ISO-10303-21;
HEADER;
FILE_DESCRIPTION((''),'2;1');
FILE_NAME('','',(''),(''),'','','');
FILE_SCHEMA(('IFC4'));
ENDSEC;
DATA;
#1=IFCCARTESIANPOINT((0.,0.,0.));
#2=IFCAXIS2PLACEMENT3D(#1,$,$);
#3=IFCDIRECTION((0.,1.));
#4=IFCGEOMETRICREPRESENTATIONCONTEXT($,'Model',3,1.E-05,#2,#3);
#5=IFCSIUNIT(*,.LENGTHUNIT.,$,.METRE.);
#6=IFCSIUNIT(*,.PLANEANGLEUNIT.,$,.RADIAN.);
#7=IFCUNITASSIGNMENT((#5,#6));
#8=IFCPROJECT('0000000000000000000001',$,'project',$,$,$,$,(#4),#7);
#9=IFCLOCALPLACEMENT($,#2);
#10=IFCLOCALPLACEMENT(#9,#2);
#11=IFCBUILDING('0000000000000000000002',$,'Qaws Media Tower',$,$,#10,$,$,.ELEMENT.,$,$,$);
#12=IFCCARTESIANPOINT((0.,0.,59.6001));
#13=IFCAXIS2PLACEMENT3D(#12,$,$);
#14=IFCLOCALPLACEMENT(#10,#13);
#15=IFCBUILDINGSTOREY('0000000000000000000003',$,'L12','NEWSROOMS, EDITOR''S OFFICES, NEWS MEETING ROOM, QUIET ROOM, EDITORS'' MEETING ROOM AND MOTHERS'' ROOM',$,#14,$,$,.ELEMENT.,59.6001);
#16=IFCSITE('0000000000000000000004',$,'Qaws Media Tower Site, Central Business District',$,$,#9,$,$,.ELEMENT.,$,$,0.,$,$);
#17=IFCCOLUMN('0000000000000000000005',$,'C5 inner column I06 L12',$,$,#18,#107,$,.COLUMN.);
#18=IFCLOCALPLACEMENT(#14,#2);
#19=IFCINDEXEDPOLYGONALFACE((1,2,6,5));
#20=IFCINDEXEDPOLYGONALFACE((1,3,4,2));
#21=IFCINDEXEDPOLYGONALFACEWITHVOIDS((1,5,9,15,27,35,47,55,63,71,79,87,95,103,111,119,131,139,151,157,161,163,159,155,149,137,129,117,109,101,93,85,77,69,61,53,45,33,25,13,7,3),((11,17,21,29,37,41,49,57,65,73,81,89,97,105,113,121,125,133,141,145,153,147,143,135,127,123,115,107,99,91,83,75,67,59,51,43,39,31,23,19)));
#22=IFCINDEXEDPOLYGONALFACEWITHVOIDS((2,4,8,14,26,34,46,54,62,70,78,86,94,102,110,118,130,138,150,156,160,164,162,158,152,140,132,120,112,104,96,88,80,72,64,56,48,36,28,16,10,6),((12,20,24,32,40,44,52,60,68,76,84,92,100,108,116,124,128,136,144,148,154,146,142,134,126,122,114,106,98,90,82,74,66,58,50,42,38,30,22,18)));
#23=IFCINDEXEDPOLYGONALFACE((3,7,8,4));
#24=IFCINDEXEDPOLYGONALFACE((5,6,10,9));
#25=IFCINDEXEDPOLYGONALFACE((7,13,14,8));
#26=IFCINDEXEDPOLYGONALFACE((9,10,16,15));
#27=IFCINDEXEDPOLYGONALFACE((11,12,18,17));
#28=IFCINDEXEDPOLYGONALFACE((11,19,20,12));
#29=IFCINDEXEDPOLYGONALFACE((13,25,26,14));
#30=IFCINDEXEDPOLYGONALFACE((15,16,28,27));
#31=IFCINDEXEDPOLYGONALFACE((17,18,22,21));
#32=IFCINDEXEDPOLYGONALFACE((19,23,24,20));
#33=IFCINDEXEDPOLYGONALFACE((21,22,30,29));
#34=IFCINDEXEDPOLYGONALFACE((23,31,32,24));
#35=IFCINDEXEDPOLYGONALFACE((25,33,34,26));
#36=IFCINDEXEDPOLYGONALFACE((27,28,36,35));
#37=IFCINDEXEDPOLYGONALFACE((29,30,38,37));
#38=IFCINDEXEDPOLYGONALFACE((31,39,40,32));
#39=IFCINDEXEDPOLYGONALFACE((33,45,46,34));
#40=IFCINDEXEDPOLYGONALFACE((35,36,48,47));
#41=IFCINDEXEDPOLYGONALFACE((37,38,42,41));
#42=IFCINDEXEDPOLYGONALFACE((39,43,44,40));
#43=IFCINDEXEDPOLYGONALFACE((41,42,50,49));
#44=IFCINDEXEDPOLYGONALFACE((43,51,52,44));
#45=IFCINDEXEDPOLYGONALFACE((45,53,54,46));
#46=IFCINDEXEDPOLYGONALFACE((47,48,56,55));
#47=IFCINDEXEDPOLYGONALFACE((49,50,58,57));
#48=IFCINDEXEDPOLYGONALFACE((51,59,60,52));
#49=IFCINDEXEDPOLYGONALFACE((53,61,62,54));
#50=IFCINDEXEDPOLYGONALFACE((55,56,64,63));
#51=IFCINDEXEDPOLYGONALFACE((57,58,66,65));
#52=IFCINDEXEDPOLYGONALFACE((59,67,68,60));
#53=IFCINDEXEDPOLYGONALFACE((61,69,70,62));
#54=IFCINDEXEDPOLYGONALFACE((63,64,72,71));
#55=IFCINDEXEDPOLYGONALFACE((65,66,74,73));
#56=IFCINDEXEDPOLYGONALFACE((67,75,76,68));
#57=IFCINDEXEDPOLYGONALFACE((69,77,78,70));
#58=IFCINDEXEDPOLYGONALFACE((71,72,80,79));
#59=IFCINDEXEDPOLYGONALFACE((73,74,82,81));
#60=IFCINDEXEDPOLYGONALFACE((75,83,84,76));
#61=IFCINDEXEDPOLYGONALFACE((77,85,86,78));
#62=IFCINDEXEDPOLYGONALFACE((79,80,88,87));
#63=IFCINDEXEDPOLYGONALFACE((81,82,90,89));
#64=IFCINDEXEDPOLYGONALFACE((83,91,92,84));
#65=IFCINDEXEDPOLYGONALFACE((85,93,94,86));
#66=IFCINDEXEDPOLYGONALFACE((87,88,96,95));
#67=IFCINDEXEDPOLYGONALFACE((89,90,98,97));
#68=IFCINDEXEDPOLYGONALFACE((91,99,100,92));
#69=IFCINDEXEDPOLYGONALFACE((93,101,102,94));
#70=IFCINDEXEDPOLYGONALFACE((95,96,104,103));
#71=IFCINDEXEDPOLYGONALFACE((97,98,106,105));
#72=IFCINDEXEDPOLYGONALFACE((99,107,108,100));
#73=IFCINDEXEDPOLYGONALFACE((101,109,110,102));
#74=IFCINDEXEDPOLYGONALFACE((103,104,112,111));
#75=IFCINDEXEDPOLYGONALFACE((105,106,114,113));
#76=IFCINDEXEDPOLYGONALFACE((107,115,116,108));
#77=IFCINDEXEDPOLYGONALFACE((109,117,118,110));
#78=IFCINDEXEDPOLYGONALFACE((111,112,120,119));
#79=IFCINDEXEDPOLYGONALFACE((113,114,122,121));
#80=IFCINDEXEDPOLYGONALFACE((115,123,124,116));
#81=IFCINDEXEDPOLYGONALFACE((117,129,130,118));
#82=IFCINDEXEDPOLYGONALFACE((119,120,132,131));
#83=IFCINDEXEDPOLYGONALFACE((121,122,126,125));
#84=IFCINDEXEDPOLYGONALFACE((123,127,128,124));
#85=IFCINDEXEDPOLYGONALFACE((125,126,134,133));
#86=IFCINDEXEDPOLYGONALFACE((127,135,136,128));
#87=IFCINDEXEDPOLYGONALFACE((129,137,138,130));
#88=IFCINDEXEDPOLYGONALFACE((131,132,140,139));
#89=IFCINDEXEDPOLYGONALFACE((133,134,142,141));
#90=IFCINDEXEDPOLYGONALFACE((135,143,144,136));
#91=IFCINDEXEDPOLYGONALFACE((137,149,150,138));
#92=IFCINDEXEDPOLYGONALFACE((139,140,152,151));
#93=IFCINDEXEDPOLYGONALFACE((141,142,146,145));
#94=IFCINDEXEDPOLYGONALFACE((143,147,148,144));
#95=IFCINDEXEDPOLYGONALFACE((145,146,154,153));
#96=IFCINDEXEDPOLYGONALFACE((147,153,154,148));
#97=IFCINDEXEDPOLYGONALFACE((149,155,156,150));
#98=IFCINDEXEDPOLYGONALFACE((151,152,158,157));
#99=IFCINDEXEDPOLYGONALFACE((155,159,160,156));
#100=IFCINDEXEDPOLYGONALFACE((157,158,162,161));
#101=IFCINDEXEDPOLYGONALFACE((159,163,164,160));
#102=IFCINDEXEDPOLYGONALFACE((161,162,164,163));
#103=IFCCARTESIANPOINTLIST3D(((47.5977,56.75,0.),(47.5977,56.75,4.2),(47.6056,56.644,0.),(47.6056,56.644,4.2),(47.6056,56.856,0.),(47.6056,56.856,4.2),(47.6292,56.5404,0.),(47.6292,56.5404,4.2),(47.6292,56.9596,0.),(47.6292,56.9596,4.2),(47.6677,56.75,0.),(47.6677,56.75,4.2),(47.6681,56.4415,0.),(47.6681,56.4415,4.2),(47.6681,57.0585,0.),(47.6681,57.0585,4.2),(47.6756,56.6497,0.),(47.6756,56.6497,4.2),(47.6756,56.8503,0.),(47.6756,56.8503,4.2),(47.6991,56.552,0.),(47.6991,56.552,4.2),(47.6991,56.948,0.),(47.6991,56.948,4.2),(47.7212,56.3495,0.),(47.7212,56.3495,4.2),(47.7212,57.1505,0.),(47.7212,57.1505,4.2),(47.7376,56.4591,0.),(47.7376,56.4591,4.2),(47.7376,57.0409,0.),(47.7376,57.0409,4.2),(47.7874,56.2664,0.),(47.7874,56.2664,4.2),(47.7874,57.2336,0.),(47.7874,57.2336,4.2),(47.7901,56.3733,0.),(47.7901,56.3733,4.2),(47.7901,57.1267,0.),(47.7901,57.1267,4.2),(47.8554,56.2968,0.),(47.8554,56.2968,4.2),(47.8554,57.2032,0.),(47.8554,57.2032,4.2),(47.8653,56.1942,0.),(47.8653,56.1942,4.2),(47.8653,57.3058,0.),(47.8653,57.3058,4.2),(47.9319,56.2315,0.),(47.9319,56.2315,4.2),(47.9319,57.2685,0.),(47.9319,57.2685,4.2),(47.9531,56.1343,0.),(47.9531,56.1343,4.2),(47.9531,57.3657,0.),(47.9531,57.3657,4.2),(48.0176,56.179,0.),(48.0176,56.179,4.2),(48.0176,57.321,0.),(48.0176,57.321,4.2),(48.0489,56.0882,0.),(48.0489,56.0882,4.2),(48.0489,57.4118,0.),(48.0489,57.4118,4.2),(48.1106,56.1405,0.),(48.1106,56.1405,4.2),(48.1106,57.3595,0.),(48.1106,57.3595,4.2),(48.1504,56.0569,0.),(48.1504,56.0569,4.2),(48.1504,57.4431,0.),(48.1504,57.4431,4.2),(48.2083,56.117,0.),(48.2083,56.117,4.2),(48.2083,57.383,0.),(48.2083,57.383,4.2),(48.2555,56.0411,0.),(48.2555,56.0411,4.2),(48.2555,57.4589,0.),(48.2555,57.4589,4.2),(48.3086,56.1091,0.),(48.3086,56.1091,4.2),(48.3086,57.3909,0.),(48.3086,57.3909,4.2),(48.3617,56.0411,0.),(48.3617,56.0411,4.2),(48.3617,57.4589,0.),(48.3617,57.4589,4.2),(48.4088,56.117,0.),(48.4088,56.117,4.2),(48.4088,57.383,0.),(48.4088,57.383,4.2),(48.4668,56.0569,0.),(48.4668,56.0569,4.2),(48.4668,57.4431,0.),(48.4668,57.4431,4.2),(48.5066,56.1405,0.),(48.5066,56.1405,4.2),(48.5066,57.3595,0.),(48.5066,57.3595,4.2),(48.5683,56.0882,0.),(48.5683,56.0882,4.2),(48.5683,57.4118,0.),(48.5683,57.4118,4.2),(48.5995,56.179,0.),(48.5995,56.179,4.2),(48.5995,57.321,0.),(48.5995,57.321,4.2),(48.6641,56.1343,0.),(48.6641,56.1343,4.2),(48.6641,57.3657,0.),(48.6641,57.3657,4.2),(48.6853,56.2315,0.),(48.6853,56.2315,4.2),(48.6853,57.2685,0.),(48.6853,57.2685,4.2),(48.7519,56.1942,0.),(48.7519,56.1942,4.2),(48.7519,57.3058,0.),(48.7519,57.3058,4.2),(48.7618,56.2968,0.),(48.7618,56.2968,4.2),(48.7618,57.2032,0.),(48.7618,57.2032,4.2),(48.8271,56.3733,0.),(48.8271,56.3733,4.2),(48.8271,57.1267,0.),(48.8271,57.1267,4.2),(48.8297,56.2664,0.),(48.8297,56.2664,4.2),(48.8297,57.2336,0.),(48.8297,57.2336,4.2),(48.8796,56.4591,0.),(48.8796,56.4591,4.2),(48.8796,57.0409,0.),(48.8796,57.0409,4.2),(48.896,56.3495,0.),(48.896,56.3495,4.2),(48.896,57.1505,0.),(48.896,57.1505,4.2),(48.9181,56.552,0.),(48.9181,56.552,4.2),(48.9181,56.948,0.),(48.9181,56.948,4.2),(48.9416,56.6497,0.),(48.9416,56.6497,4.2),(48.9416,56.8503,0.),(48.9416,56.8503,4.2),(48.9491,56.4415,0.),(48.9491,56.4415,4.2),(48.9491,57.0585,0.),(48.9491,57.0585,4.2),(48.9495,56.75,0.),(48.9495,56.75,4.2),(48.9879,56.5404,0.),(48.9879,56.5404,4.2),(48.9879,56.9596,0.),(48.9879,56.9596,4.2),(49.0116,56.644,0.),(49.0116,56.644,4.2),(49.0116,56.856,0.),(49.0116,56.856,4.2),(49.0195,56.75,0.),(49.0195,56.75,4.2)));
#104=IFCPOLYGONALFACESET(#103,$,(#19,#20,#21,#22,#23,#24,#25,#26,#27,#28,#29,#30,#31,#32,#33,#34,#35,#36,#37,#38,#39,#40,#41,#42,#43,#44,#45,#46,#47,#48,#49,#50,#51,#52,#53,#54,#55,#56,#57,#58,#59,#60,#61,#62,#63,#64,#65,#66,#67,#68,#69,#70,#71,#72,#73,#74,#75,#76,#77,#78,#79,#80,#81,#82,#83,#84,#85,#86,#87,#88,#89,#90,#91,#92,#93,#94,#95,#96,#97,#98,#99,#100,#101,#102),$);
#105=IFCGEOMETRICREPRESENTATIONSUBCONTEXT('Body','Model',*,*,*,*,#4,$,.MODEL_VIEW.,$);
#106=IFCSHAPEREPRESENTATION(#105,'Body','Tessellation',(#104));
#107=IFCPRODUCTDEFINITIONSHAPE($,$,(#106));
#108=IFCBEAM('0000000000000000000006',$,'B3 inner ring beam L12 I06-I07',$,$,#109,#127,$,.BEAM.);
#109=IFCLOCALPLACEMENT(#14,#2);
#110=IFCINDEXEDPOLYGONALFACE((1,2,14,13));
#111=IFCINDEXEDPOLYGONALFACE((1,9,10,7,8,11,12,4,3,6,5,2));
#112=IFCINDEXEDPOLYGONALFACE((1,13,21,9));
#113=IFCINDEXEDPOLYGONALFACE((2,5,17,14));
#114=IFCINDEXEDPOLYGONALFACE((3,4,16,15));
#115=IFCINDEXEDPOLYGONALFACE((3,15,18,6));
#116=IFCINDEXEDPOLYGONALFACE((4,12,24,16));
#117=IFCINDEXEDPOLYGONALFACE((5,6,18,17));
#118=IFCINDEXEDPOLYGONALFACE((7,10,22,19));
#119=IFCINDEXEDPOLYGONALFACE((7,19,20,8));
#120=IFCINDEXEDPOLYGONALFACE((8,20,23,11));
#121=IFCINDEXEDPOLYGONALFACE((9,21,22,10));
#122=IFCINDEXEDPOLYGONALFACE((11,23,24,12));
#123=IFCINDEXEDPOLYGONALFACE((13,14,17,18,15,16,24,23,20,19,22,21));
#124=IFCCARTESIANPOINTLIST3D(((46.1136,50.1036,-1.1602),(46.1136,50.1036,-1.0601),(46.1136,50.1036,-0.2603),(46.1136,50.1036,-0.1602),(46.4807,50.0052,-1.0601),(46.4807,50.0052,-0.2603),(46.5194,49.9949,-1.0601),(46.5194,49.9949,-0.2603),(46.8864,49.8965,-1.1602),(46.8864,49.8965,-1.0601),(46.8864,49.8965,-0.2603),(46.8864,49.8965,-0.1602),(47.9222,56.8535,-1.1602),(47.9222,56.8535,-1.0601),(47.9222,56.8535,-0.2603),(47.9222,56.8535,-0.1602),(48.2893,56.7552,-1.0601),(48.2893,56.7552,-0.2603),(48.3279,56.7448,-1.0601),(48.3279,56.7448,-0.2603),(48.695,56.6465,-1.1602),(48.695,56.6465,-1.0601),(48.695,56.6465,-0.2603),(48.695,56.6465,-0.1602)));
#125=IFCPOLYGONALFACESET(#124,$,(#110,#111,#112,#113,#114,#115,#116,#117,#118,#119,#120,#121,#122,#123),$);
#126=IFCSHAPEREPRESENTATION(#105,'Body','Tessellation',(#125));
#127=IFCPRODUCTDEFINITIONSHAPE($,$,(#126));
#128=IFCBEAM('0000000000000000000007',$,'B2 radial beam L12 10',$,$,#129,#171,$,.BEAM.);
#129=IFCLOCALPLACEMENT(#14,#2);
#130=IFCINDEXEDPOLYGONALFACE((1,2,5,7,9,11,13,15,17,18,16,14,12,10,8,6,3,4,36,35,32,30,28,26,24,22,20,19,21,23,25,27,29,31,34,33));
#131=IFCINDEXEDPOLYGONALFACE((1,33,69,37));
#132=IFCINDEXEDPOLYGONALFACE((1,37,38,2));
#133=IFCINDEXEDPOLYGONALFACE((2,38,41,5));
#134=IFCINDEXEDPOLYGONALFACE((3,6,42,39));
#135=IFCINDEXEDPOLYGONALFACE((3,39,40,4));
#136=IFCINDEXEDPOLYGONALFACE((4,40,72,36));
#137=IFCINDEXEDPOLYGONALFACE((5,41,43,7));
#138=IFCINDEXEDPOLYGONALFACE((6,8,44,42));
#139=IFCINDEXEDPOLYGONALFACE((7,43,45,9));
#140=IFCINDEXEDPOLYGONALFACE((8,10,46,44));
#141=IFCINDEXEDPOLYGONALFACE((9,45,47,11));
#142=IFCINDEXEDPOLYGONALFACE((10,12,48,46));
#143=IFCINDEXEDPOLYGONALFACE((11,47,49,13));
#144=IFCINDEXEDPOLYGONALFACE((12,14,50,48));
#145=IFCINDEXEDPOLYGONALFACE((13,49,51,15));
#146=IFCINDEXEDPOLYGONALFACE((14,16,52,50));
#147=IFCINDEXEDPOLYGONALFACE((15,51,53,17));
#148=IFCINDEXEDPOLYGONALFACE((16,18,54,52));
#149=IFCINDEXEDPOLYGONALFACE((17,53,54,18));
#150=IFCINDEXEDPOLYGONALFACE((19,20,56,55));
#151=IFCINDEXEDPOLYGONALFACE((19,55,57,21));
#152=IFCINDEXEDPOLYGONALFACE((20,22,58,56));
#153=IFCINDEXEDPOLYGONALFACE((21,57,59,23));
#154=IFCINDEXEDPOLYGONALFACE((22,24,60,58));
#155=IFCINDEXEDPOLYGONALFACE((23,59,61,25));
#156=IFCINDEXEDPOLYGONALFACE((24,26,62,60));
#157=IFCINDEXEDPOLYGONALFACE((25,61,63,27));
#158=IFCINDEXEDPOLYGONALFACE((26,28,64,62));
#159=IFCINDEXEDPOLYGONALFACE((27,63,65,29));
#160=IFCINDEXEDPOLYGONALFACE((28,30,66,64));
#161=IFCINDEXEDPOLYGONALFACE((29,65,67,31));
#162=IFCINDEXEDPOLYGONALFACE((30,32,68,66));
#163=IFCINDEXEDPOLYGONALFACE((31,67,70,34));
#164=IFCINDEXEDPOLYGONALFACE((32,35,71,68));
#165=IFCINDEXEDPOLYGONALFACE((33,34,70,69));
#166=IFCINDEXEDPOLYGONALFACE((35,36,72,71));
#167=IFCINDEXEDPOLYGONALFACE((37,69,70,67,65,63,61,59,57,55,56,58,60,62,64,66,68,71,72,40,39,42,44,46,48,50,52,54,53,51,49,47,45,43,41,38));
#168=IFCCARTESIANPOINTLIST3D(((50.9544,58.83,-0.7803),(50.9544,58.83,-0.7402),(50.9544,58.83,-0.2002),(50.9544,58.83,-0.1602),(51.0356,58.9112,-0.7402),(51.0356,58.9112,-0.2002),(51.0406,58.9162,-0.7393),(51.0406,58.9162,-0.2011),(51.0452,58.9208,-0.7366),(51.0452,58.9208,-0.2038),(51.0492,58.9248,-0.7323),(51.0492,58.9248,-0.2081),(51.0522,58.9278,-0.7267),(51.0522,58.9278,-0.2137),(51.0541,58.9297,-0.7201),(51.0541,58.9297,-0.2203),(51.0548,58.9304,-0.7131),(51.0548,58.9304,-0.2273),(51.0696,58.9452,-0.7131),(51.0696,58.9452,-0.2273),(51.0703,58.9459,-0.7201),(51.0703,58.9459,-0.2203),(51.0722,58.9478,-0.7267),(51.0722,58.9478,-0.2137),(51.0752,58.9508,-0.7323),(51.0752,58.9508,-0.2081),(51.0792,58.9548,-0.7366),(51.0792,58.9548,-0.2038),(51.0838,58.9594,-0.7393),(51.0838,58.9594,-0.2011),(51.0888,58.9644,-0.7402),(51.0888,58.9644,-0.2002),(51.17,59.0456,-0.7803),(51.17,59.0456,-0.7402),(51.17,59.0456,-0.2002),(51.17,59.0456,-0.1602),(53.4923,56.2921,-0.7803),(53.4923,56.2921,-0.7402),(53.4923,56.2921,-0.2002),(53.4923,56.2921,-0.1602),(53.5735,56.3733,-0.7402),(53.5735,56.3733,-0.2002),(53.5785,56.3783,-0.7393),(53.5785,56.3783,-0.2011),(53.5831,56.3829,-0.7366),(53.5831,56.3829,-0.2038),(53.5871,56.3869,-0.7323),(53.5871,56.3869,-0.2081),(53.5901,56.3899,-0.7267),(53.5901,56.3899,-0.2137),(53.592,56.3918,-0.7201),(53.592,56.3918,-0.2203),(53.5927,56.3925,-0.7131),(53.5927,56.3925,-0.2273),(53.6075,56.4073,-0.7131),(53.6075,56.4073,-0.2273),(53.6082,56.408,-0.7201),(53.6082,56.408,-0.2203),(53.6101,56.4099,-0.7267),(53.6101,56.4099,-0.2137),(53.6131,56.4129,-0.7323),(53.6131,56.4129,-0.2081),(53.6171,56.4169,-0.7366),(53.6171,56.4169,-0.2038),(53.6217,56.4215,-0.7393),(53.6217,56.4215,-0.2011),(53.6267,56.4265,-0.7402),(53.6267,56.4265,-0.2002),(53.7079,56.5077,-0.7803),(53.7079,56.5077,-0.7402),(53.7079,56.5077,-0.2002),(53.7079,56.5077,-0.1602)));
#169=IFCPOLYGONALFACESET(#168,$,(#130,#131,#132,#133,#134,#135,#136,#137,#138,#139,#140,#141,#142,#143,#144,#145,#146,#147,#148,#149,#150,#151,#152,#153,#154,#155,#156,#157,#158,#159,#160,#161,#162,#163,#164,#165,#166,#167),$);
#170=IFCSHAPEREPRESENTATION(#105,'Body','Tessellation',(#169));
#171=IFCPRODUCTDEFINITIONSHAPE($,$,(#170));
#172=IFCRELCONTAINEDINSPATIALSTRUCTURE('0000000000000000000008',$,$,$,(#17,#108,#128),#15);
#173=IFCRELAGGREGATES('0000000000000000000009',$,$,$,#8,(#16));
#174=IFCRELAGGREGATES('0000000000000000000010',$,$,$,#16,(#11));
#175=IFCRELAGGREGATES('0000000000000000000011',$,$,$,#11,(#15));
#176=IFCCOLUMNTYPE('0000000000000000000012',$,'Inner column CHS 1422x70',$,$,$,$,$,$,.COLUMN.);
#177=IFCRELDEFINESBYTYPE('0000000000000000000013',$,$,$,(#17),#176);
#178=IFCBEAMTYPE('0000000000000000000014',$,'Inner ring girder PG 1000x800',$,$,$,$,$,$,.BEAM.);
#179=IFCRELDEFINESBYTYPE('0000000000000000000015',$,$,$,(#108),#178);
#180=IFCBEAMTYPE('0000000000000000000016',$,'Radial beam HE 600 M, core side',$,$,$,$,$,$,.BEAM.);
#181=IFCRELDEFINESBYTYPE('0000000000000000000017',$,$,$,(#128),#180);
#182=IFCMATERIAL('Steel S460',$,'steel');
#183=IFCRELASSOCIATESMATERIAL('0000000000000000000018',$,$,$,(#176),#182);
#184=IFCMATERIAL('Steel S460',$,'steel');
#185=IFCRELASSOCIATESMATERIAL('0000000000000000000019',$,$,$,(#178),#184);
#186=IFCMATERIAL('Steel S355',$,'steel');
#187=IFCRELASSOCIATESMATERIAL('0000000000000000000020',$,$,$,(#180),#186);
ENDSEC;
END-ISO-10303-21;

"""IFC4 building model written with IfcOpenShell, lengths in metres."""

from ifc_helpers import new_model, si_unit, direction, frame, origin, origin_2d, place, context, subcontext, project, spatial, hollow_circle, i_section, extrude, material, material_profile, profile_set, type_object, element, save


model = new_model("IFC4")

# Units and contexts
model_context = context("Model", 3, precision=1e-05, world=origin(), true_north=direction((0.0, 1.0)))
body_context = subcontext(model_context, "Body", "Model", "MODEL_VIEW")
ifc_project = project(units=[si_unit("LENGTHUNIT", "METRE"), si_unit("PLANEANGLEUNIT", "RADIAN")], contexts=[model_context])

# Site, building, storey
site_placement = place(None, origin())
site = spatial("IfcSite", under=ifc_project, at=site_placement, Name="Qaws Media Tower Site, Central Business District", CompositionType="ELEMENT", RefElevation=0.0)
building_placement = place(site_placement, origin())
building = spatial("IfcBuilding", under=site, at=building_placement, Name="Qaws Media Tower", CompositionType="ELEMENT")
storey_placement = place(building_placement, frame((0.0, 0.0, 59.6001)))
storey = spatial("IfcBuildingStorey", under=building, at=storey_placement, Name="L12", Description="NEWSROOMS, EDITOR'S OFFICES, NEWS MEETING ROOM, QUIET ROOM, EDITORS' MEETING ROOM AND MOTHERS' ROOM", CompositionType="ELEMENT", Elevation=59.6001)

# Column
ifc_material_1 = material(Name="Steel S460", Category="steel")
ifc_material_profile_1 = material_profile(ifc_material_1, hollow_circle(Radius=0.7109, WallThickness=0.0701, at=origin_2d()), Name="CHS 1422x70")
ifc_profile_set_1 = profile_set([ifc_material_profile_1], Name="Steel S460")
column_type = type_object("IfcColumnType", Name="Inner column CHS 1422x70", PredefinedType="COLUMN", material=ifc_profile_set_1)
column_placement = place(storey_placement, frame((48.3086, 56.75, 0.0), z_axis=(0.0, 0.0, 1.0), x_axis=(1.0, 0.0, 0.0)))
element("IfcColumn", 1, at=column_placement, inside=storey, type_object=column_type, Name="C5 inner column I06 L12", PredefinedType="COLUMN", context=body_context, shape_type="SweptSolid", body=[
    extrude(hollow_circle(Radius=0.7109, WallThickness=0.0701, at=origin_2d()), origin(), (0.0, 0.0, 1.0), 4.2),
])

# Beams
ifc_material_2 = material(Name="Steel S460", Category="steel")
ifc_material_profile_2 = material_profile(ifc_material_2, i_section(OverallWidth=0.8, OverallDepth=1.0, WebThickness=0.04, FlangeThickness=0.1001, at=origin_2d()), Name="PG 1000x800")
ifc_profile_set_2 = profile_set([ifc_material_profile_2], Name="Steel S460")
beam_type_1 = type_object("IfcBeamType", Name="Inner ring girder PG 1000x800", PredefinedType="BEAM", material=ifc_profile_set_2)
beam_1_placement = place(storey_placement, frame((48.3086, 56.75, -0.6602), z_axis=(-0.258811, -0.965928, 0.0), x_axis=(0.965928, -0.258811, 0.0)))
element("IfcBeam", 2, at=beam_1_placement, inside=storey, type_object=beam_type_1, Name="B3 inner ring beam L12 I06-I07", PredefinedType="BEAM", context=body_context, shape_type="SweptSolid", body=[
    extrude(i_section(OverallWidth=0.8, OverallDepth=1.0, WebThickness=0.04, FlangeThickness=0.1001, at=origin_2d()), origin(), (0.0, 0.0, 1.0), 6.988),
])
ifc_material_3 = material(Name="Steel S355", Category="steel")
ifc_material_profile_3 = material_profile(ifc_material_3, i_section(OverallWidth=0.3049, OverallDepth=0.6201, WebThickness=0.021, FlangeThickness=0.04, FilletRadius=0.0271, at=origin_2d()), Name="HE 600 M")
ifc_profile_set_3 = profile_set([ifc_material_profile_3], Name="Steel S355")
beam_type_2 = type_object("IfcBeamType", Name="Radial beam HE 600 M, core side", PredefinedType="BEAM", material=ifc_profile_set_3)
beam_2_placement = place(storey_placement, frame((53.6001, 56.3999, -0.4702), z_axis=(-0.707107, 0.707107, 0.0), x_axis=(-0.707107, -0.707107, 0.0)))
element("IfcBeam", 3, at=beam_2_placement, inside=storey, type_object=beam_type_2, Name="B2 radial beam L12 10", PredefinedType="BEAM", context=body_context, shape_type="SweptSolid", body=[
    extrude(i_section(OverallWidth=0.3049, OverallDepth=0.6201, WebThickness=0.021, FlangeThickness=0.04, FilletRadius=0.0271, at=origin_2d()), origin(), (0.0, 0.0, 1.0), 3.5891),
])

save(model, "model.ifc")
